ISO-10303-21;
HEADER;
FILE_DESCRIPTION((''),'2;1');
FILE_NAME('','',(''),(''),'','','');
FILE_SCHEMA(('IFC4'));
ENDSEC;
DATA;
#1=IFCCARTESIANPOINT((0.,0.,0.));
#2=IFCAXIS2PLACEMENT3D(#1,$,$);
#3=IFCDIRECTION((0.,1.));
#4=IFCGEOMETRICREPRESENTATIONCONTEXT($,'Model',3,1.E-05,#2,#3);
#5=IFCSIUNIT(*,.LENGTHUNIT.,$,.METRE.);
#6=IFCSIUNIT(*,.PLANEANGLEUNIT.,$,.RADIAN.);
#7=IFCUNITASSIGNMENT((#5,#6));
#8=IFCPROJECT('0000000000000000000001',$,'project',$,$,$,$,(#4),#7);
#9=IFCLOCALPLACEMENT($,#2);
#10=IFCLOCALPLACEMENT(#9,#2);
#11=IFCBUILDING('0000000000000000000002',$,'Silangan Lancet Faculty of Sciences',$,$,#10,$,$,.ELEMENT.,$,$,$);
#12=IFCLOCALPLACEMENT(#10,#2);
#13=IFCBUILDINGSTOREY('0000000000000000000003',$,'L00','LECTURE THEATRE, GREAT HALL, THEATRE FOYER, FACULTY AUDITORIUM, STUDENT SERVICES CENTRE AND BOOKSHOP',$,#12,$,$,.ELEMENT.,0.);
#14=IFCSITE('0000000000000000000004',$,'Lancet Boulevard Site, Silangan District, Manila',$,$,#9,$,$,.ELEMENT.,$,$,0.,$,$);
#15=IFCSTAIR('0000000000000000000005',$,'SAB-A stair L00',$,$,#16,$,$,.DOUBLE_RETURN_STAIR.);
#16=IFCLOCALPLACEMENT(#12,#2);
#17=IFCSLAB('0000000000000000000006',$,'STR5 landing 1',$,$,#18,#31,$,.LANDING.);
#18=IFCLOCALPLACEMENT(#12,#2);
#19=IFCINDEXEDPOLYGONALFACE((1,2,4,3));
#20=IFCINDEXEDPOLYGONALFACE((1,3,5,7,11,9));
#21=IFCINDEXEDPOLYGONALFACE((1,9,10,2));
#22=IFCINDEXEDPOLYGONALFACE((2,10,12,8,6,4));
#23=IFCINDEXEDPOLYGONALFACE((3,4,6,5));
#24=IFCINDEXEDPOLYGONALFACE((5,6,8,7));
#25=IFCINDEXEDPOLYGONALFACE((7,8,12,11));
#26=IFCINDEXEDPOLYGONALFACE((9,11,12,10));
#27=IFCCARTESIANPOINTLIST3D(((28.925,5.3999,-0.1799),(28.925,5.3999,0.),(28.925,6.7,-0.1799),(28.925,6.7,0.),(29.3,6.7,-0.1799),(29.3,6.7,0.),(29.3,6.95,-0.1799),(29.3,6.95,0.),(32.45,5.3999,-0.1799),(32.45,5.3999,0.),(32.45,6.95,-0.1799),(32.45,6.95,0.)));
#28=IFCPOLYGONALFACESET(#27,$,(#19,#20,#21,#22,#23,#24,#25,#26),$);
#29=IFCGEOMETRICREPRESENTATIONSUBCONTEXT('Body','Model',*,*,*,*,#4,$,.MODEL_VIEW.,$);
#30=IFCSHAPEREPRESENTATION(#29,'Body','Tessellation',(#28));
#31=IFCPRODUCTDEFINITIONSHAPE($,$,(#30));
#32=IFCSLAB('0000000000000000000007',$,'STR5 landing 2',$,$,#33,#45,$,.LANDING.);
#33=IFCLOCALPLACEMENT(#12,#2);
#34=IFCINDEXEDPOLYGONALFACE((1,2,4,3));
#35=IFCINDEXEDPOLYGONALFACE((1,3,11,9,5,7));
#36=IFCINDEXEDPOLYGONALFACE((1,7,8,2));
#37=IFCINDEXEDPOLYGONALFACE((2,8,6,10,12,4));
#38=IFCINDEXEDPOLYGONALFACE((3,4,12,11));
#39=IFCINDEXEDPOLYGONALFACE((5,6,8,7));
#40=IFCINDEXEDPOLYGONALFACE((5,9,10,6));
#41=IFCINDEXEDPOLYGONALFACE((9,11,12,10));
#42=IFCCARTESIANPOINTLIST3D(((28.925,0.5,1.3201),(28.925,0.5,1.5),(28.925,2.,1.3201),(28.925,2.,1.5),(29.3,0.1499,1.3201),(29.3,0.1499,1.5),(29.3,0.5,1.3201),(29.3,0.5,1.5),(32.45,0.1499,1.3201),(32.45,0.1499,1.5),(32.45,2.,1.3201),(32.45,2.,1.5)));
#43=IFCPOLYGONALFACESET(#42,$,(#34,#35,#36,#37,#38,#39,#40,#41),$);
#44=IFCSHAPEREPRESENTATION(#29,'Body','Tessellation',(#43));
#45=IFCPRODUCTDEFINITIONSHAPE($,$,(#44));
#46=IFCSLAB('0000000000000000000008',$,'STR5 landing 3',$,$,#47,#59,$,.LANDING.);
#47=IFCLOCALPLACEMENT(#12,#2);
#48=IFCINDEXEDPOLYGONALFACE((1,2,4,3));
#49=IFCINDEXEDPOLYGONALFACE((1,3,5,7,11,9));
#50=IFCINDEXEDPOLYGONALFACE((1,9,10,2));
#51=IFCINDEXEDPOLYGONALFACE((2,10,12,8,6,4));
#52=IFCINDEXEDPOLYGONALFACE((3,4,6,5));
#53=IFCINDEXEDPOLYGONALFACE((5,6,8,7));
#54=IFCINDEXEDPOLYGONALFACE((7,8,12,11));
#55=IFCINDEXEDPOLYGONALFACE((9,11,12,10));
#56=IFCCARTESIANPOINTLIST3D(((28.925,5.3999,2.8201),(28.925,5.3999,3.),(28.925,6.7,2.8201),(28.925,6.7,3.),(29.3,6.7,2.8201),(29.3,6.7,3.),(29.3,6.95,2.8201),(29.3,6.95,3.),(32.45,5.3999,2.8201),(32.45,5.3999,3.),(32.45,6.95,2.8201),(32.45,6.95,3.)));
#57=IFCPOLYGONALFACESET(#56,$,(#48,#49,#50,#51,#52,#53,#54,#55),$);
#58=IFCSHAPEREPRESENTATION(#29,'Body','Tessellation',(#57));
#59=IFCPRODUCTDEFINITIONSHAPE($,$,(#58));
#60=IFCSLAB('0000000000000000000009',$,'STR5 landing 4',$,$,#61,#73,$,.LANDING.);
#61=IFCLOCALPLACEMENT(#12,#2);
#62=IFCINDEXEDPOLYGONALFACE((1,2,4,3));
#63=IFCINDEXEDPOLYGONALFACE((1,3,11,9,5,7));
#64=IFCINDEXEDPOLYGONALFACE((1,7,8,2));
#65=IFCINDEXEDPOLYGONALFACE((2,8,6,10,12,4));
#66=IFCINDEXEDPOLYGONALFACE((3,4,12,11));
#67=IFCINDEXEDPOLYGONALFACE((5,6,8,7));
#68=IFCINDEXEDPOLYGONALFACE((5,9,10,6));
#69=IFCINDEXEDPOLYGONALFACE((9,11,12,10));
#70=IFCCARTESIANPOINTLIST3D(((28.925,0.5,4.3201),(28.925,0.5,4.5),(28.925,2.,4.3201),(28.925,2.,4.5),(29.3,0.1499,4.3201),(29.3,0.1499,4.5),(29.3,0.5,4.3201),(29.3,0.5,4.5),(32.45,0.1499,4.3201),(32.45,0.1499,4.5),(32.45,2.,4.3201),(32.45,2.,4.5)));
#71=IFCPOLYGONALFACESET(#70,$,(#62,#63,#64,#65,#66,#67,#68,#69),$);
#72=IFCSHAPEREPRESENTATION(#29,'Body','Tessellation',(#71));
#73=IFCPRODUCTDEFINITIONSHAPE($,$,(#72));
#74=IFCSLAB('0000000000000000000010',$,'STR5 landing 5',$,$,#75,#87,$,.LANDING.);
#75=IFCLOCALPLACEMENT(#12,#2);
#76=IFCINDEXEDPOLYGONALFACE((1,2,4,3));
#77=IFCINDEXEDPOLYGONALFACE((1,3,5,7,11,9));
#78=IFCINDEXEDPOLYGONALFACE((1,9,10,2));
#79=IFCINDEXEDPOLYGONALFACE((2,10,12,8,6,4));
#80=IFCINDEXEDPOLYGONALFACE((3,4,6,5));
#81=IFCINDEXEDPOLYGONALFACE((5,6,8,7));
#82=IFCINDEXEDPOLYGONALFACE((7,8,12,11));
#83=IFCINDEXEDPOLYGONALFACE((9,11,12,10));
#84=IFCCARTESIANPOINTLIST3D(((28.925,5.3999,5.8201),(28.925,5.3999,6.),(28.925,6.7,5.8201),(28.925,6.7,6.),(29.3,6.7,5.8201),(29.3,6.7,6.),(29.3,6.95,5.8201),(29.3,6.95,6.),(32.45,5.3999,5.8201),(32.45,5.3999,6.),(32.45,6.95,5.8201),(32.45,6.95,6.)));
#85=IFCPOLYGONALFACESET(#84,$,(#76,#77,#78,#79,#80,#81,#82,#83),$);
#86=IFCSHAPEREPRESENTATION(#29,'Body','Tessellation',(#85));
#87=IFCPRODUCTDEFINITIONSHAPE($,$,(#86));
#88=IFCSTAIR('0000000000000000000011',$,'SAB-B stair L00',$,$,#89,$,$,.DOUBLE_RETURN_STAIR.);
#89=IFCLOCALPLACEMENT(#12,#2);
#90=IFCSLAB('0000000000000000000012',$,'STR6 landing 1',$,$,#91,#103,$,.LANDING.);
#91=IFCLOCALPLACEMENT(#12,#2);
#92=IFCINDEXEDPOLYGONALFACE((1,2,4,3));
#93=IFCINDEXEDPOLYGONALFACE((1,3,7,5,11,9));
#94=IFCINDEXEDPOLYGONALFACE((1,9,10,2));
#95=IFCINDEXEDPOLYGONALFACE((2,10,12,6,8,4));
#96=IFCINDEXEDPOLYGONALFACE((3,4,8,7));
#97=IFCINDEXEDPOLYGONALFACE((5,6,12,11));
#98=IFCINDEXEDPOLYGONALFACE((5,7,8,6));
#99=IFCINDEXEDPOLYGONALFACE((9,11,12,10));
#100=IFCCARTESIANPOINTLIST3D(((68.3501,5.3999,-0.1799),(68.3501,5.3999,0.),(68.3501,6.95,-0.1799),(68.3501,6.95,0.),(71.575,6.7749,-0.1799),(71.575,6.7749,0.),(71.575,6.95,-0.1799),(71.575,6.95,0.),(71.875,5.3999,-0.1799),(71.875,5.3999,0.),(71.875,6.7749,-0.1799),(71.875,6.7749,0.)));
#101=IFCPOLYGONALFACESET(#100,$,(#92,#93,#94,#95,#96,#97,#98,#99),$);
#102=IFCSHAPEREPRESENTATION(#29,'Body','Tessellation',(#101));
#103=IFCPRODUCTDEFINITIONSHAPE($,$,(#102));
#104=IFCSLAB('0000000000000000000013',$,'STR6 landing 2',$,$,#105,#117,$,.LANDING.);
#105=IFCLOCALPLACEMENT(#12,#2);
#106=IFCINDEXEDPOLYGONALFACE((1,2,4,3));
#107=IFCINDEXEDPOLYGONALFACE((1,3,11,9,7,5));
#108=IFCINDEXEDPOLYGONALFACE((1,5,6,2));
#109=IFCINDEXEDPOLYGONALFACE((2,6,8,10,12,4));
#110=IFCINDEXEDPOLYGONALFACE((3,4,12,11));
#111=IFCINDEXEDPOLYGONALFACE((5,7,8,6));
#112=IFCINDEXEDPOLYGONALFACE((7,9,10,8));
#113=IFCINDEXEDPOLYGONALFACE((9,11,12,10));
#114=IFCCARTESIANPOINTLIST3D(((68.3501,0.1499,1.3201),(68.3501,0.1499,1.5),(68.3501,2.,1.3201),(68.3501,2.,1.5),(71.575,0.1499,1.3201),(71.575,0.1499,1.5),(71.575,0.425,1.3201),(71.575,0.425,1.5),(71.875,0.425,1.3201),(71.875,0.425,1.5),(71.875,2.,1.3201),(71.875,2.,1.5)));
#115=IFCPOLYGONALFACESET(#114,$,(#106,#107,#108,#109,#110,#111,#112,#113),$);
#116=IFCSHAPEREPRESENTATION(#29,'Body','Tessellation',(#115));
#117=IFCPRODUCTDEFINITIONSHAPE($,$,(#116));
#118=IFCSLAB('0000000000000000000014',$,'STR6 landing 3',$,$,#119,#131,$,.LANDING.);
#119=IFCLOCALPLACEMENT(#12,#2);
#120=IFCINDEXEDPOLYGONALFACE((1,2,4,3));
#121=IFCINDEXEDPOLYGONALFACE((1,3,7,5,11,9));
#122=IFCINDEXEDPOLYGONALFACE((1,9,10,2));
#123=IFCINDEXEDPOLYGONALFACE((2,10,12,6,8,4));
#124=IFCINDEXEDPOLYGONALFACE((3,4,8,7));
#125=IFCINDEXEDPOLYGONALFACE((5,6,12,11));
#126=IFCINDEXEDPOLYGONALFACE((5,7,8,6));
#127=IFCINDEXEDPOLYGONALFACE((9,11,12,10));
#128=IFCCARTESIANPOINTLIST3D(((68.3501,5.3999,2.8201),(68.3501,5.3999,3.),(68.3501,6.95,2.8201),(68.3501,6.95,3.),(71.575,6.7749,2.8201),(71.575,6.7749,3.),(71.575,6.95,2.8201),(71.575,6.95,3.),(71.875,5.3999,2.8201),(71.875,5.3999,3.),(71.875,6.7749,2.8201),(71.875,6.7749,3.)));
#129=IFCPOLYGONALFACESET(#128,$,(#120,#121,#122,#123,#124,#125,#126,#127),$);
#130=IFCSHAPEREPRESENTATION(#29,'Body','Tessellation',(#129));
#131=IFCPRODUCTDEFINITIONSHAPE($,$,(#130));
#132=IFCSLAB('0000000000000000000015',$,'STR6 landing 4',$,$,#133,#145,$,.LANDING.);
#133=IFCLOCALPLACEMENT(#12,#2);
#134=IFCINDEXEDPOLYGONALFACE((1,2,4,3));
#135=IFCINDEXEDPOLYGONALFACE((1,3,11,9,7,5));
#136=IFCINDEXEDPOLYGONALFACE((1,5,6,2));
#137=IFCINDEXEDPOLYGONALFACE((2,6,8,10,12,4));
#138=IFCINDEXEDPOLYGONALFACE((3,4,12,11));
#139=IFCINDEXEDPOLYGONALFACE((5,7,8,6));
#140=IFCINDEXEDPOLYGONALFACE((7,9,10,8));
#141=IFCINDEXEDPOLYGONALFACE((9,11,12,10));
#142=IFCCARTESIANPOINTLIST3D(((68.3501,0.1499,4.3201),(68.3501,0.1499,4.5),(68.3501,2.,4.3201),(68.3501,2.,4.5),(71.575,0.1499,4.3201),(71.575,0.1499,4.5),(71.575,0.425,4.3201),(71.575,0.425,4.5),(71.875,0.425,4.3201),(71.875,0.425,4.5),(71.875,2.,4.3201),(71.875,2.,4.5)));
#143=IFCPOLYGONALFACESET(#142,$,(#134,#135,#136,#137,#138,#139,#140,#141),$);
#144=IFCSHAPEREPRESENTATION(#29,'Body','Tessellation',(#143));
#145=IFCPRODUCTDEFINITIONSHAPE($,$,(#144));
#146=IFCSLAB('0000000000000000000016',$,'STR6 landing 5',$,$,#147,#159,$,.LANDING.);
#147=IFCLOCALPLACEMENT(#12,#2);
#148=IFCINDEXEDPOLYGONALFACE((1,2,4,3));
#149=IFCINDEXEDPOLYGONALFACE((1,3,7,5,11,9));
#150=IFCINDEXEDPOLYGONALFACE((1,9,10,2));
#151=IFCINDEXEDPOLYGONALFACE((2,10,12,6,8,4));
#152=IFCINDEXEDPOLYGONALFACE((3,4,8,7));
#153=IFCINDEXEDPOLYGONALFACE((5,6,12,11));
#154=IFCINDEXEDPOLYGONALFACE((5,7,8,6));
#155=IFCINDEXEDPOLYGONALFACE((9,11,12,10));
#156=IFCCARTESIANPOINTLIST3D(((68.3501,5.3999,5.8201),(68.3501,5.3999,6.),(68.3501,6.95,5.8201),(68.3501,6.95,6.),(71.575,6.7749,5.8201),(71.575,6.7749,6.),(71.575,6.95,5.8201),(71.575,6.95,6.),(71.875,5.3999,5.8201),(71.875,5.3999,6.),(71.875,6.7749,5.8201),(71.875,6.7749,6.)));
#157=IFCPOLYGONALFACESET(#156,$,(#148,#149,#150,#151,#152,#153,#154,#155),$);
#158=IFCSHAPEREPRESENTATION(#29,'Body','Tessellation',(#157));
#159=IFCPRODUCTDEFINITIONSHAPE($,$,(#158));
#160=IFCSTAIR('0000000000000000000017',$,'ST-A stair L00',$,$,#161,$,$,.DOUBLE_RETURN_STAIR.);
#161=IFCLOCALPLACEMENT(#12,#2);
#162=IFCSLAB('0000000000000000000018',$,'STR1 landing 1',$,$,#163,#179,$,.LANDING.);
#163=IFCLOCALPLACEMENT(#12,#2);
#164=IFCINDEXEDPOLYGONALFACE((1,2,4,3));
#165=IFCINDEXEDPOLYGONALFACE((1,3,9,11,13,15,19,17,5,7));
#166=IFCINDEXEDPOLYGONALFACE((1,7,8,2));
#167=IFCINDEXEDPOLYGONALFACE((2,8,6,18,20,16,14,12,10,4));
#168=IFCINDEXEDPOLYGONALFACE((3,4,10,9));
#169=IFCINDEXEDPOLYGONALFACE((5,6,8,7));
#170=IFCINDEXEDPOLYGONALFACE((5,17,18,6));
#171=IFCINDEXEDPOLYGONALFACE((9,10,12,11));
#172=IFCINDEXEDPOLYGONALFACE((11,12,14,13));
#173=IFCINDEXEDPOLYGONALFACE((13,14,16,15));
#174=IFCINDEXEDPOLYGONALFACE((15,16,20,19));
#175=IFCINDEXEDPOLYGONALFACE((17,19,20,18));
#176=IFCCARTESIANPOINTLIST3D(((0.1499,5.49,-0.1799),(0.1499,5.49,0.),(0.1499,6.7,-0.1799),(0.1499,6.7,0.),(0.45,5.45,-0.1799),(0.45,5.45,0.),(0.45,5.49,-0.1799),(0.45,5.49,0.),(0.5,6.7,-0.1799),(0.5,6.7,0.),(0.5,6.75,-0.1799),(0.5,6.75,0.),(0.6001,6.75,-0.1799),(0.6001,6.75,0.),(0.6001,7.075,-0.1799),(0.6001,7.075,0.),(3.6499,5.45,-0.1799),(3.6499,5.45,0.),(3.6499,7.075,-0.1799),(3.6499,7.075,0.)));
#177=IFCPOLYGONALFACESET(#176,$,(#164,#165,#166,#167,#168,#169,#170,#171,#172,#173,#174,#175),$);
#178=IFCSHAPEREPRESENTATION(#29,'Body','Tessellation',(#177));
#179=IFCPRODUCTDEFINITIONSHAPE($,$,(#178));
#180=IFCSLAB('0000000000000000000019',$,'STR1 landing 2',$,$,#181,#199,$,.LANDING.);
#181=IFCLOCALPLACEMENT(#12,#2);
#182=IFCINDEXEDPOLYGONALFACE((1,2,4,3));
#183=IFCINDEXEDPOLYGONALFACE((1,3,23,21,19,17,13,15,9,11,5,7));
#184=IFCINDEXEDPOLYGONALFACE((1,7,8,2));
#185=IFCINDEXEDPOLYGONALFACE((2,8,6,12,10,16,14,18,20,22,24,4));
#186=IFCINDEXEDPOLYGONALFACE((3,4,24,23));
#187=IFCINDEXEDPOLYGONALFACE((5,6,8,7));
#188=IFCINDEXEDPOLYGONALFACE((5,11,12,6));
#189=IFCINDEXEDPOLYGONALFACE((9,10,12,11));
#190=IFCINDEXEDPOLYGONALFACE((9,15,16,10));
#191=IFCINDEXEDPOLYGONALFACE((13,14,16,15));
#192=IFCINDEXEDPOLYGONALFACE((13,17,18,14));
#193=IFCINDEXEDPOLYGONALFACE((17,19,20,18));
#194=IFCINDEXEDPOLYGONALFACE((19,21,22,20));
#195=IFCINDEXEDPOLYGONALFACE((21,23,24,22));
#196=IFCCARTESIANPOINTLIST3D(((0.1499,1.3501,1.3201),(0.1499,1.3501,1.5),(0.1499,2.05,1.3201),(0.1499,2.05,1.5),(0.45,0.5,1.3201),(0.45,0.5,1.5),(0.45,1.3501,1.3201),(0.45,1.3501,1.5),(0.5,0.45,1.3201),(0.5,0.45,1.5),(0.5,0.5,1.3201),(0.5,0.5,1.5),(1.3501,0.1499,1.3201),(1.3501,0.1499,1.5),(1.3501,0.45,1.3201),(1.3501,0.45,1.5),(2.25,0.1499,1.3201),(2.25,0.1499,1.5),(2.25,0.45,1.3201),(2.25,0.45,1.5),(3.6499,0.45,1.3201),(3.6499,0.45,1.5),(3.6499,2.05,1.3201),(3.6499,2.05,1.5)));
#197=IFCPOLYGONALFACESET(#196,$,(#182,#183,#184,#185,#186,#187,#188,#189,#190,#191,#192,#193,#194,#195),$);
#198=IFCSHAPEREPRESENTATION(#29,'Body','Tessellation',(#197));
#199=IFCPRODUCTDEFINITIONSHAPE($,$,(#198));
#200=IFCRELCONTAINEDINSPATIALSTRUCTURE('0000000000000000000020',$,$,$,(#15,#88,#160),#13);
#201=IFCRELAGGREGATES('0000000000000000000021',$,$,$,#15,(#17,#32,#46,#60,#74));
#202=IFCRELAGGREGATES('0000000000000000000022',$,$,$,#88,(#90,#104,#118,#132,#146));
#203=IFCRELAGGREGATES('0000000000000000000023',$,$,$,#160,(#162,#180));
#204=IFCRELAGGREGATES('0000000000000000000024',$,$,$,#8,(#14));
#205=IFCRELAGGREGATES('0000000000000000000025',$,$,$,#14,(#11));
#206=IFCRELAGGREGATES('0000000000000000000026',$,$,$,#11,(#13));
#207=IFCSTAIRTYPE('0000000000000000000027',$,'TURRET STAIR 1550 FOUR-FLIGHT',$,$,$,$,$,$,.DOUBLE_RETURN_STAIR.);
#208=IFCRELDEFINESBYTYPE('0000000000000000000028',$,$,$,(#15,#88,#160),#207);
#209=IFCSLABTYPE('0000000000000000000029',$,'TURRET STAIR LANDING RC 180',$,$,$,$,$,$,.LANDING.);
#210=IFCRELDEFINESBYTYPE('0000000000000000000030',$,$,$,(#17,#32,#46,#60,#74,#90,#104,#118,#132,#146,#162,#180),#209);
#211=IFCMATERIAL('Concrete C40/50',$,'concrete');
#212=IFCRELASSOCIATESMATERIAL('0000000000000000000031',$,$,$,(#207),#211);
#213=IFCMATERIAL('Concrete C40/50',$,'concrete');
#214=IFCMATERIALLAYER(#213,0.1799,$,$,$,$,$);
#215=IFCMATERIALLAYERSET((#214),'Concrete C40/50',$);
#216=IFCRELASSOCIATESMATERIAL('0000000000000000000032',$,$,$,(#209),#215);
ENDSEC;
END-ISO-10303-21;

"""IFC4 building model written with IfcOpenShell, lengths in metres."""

from ifc_helpers import new_model, si_unit, direction, frame, origin, place, context, subcontext, project, spatial, polyline, outline, extrude, material, layer, layer_set, type_object, element, aggregate, save


model = new_model("IFC4")

# Units and contexts
model_context = context("Model", 3, precision=1e-05, world=origin(), true_north=direction((0.0, 1.0)))
body_context = subcontext(model_context, "Body", "Model", "MODEL_VIEW")
ifc_project = project(units=[si_unit("LENGTHUNIT", "METRE"), si_unit("PLANEANGLEUNIT", "RADIAN")], contexts=[model_context])

# Site, building, storey
site_placement = place(None, origin())
site = spatial("IfcSite", under=ifc_project, at=site_placement, Name="Lancet Boulevard Site, Silangan District, Manila", CompositionType="ELEMENT", RefElevation=0.0)
building_placement = place(site_placement, origin())
building = spatial("IfcBuilding", under=site, at=building_placement, Name="Silangan Lancet Faculty of Sciences", CompositionType="ELEMENT")
storey_placement = place(building_placement, origin())
storey = spatial("IfcBuildingStorey", under=building, at=storey_placement, Name="L00", Description="LECTURE THEATRE, GREAT HALL, THEATRE FOYER, FACULTY AUDITORIUM, STUDENT SERVICES CENTRE AND BOOKSHOP", CompositionType="ELEMENT", Elevation=0.0)

# Stairs, slabs
ifc_material_1 = material(Name="Concrete C40/50", Category="concrete")
stair_type = type_object("IfcStairType", Name="TURRET STAIR 1550 FOUR-FLIGHT", PredefinedType="DOUBLE_RETURN_STAIR", material=ifc_material_1)
ifc_material_2 = material(Name="Concrete C40/50", Category="concrete")
ifc_layer_1 = layer(ifc_material_2, 0.1799)
ifc_layer_set_1 = layer_set([ifc_layer_1], Name="Concrete C40/50")
slab_type = type_object("IfcSlabType", Name="TURRET STAIR LANDING RC 180", PredefinedType="LANDING", material=ifc_layer_set_1)
stair_1_placement = place(storey_placement, origin())
stair_1 = element("IfcStair", 1, at=stair_1_placement, inside=storey, type_object=stair_type, Name="SAB-A stair L00", PredefinedType="DOUBLE_RETURN_STAIR")
slab_1_placement = place(storey_placement, frame((0.0, 0.0, -0.1799)))
slab_1 = element("IfcSlab", 2, at=slab_1_placement, type_object=slab_type, Name="STR5 landing 1", PredefinedType="LANDING", context=body_context, shape_type="SweptSolid", body=[
    extrude(outline(polyline([(32.45, 6.95), (32.45, 5.3999), (28.925, 5.3999), (28.925, 6.7), (29.3, 6.7), (29.3, 6.95), (32.45, 6.95)])), origin(), (0.0, 0.0, 1.0), 0.1799),
])
slab_2_placement = place(storey_placement, frame((0.0, 0.0, 1.3201)))
slab_2 = element("IfcSlab", 3, at=slab_2_placement, type_object=slab_type, Name="STR5 landing 2", PredefinedType="LANDING", context=body_context, shape_type="SweptSolid", body=[
    extrude(outline(polyline([(32.45, 2.0), (32.45, 0.1499), (29.3, 0.1499), (29.3, 0.5), (28.925, 0.5), (28.925, 2.0), (32.45, 2.0)])), origin(), (0.0, 0.0, 1.0), 0.1799),
])
slab_3_placement = place(storey_placement, frame((0.0, 0.0, 2.8201)))
slab_3 = element("IfcSlab", 4, at=slab_3_placement, type_object=slab_type, Name="STR5 landing 3", PredefinedType="LANDING", context=body_context, shape_type="SweptSolid", body=[
    extrude(outline(polyline([(32.45, 6.95), (32.45, 5.3999), (28.925, 5.3999), (28.925, 6.7), (29.3, 6.7), (29.3, 6.95), (32.45, 6.95)])), origin(), (0.0, 0.0, 1.0), 0.1799),
])
slab_4_placement = place(storey_placement, frame((0.0, 0.0, 4.3201)))
slab_4 = element("IfcSlab", 5, at=slab_4_placement, type_object=slab_type, Name="STR5 landing 4", PredefinedType="LANDING", context=body_context, shape_type="SweptSolid", body=[
    extrude(outline(polyline([(32.45, 2.0), (32.45, 0.1499), (29.3, 0.1499), (29.3, 0.5), (28.925, 0.5), (28.925, 2.0), (32.45, 2.0)])), origin(), (0.0, 0.0, 1.0), 0.1799),
])
slab_5_placement = place(storey_placement, frame((0.0, 0.0, 5.8201)))
slab_5 = element("IfcSlab", 6, at=slab_5_placement, type_object=slab_type, Name="STR5 landing 5", PredefinedType="LANDING", context=body_context, shape_type="SweptSolid", body=[
    extrude(outline(polyline([(32.45, 6.95), (32.45, 5.3999), (28.925, 5.3999), (28.925, 6.7), (29.3, 6.7), (29.3, 6.95), (32.45, 6.95)])), origin(), (0.0, 0.0, 1.0), 0.1799),
])
aggregate(stair_1, [slab_1, slab_2, slab_3, slab_4, slab_5])
stair_2_placement = place(storey_placement, origin())
stair_2 = element("IfcStair", 7, at=stair_2_placement, inside=storey, type_object=stair_type, Name="SAB-B stair L00", PredefinedType="DOUBLE_RETURN_STAIR")
slab_6_placement = place(storey_placement, frame((0.0, 0.0, -0.1799)))
slab_6 = element("IfcSlab", 8, at=slab_6_placement, type_object=slab_type, Name="STR6 landing 1", PredefinedType="LANDING", context=body_context, shape_type="SweptSolid", body=[
    extrude(outline(polyline([(68.3501, 5.3999), (68.3501, 6.95), (71.575, 6.95), (71.575, 6.7749), (71.875, 6.7749), (71.875, 5.3999), (68.3501, 5.3999)])), origin(), (0.0, 0.0, 1.0), 0.1799),
])
slab_7_placement = place(storey_placement, frame((0.0, 0.0, 1.3201)))
slab_7 = element("IfcSlab", 9, at=slab_7_placement, type_object=slab_type, Name="STR6 landing 2", PredefinedType="LANDING", context=body_context, shape_type="SweptSolid", body=[
    extrude(outline(polyline([(68.3501, 0.1499), (68.3501, 2.0), (71.875, 2.0), (71.875, 0.425), (71.575, 0.425), (71.575, 0.1499), (68.3501, 0.1499)])), origin(), (0.0, 0.0, 1.0), 0.1799),
])
slab_8_placement = place(storey_placement, frame((0.0, 0.0, 2.8201)))
slab_8 = element("IfcSlab", 10, at=slab_8_placement, type_object=slab_type, Name="STR6 landing 3", PredefinedType="LANDING", context=body_context, shape_type="SweptSolid", body=[
    extrude(outline(polyline([(68.3501, 5.3999), (68.3501, 6.95), (71.575, 6.95), (71.575, 6.7749), (71.875, 6.7749), (71.875, 5.3999), (68.3501, 5.3999)])), origin(), (0.0, 0.0, 1.0), 0.1799),
])
slab_9_placement = place(storey_placement, frame((0.0, 0.0, 4.3201)))
slab_9 = element("IfcSlab", 11, at=slab_9_placement, type_object=slab_type, Name="STR6 landing 4", PredefinedType="LANDING", context=body_context, shape_type="SweptSolid", body=[
    extrude(outline(polyline([(68.3501, 0.1499), (68.3501, 2.0), (71.875, 2.0), (71.875, 0.425), (71.575, 0.425), (71.575, 0.1499), (68.3501, 0.1499)])), origin(), (0.0, 0.0, 1.0), 0.1799),
])
slab_10_placement = place(storey_placement, frame((0.0, 0.0, 5.8201)))
slab_10 = element("IfcSlab", 12, at=slab_10_placement, type_object=slab_type, Name="STR6 landing 5", PredefinedType="LANDING", context=body_context, shape_type="SweptSolid", body=[
    extrude(outline(polyline([(68.3501, 5.3999), (68.3501, 6.95), (71.575, 6.95), (71.575, 6.7749), (71.875, 6.7749), (71.875, 5.3999), (68.3501, 5.3999)])), origin(), (0.0, 0.0, 1.0), 0.1799),
])
aggregate(stair_2, [slab_6, slab_7, slab_8, slab_9, slab_10])
stair_3_placement = place(storey_placement, origin())
stair_3 = element("IfcStair", 13, at=stair_3_placement, inside=storey, type_object=stair_type, Name="ST-A stair L00", PredefinedType="DOUBLE_RETURN_STAIR")
slab_11_placement = place(storey_placement, frame((0.0, 0.0, -0.1799)))
slab_11 = element("IfcSlab", 14, at=slab_11_placement, type_object=slab_type, Name="STR1 landing 1", PredefinedType="LANDING", context=body_context, shape_type="SweptSolid", body=[
    extrude(outline(polyline([(0.6001, 6.75), (0.6001, 7.075), (3.6499, 7.075), (3.6499, 5.45), (0.45, 5.45), (0.45, 5.49), (0.1499, 5.49), (0.1499, 6.7), (0.5, 6.7), (0.5, 6.75), (0.6001, 6.75)])), origin(), (0.0, 0.0, 1.0), 0.1799),
])
slab_12_placement = place(storey_placement, frame((0.0, 0.0, 1.3201)))
slab_12 = element("IfcSlab", 15, at=slab_12_placement, type_object=slab_type, Name="STR1 landing 2", PredefinedType="LANDING", context=body_context, shape_type="SweptSolid", body=[
    extrude(outline(polyline([(1.3501, 0.1499), (1.3501, 0.45), (0.5, 0.45), (0.5, 0.5), (0.45, 0.5), (0.45, 1.3501), (0.1499, 1.3501), (0.1499, 2.05), (3.6499, 2.05), (3.6499, 0.45), (2.25, 0.45), (2.25, 0.1499), (1.3501, 0.1499)])), origin(), (0.0, 0.0, 1.0), 0.1799),
])
aggregate(stair_3, [slab_11, slab_12])

save(model, "model.ifc")
